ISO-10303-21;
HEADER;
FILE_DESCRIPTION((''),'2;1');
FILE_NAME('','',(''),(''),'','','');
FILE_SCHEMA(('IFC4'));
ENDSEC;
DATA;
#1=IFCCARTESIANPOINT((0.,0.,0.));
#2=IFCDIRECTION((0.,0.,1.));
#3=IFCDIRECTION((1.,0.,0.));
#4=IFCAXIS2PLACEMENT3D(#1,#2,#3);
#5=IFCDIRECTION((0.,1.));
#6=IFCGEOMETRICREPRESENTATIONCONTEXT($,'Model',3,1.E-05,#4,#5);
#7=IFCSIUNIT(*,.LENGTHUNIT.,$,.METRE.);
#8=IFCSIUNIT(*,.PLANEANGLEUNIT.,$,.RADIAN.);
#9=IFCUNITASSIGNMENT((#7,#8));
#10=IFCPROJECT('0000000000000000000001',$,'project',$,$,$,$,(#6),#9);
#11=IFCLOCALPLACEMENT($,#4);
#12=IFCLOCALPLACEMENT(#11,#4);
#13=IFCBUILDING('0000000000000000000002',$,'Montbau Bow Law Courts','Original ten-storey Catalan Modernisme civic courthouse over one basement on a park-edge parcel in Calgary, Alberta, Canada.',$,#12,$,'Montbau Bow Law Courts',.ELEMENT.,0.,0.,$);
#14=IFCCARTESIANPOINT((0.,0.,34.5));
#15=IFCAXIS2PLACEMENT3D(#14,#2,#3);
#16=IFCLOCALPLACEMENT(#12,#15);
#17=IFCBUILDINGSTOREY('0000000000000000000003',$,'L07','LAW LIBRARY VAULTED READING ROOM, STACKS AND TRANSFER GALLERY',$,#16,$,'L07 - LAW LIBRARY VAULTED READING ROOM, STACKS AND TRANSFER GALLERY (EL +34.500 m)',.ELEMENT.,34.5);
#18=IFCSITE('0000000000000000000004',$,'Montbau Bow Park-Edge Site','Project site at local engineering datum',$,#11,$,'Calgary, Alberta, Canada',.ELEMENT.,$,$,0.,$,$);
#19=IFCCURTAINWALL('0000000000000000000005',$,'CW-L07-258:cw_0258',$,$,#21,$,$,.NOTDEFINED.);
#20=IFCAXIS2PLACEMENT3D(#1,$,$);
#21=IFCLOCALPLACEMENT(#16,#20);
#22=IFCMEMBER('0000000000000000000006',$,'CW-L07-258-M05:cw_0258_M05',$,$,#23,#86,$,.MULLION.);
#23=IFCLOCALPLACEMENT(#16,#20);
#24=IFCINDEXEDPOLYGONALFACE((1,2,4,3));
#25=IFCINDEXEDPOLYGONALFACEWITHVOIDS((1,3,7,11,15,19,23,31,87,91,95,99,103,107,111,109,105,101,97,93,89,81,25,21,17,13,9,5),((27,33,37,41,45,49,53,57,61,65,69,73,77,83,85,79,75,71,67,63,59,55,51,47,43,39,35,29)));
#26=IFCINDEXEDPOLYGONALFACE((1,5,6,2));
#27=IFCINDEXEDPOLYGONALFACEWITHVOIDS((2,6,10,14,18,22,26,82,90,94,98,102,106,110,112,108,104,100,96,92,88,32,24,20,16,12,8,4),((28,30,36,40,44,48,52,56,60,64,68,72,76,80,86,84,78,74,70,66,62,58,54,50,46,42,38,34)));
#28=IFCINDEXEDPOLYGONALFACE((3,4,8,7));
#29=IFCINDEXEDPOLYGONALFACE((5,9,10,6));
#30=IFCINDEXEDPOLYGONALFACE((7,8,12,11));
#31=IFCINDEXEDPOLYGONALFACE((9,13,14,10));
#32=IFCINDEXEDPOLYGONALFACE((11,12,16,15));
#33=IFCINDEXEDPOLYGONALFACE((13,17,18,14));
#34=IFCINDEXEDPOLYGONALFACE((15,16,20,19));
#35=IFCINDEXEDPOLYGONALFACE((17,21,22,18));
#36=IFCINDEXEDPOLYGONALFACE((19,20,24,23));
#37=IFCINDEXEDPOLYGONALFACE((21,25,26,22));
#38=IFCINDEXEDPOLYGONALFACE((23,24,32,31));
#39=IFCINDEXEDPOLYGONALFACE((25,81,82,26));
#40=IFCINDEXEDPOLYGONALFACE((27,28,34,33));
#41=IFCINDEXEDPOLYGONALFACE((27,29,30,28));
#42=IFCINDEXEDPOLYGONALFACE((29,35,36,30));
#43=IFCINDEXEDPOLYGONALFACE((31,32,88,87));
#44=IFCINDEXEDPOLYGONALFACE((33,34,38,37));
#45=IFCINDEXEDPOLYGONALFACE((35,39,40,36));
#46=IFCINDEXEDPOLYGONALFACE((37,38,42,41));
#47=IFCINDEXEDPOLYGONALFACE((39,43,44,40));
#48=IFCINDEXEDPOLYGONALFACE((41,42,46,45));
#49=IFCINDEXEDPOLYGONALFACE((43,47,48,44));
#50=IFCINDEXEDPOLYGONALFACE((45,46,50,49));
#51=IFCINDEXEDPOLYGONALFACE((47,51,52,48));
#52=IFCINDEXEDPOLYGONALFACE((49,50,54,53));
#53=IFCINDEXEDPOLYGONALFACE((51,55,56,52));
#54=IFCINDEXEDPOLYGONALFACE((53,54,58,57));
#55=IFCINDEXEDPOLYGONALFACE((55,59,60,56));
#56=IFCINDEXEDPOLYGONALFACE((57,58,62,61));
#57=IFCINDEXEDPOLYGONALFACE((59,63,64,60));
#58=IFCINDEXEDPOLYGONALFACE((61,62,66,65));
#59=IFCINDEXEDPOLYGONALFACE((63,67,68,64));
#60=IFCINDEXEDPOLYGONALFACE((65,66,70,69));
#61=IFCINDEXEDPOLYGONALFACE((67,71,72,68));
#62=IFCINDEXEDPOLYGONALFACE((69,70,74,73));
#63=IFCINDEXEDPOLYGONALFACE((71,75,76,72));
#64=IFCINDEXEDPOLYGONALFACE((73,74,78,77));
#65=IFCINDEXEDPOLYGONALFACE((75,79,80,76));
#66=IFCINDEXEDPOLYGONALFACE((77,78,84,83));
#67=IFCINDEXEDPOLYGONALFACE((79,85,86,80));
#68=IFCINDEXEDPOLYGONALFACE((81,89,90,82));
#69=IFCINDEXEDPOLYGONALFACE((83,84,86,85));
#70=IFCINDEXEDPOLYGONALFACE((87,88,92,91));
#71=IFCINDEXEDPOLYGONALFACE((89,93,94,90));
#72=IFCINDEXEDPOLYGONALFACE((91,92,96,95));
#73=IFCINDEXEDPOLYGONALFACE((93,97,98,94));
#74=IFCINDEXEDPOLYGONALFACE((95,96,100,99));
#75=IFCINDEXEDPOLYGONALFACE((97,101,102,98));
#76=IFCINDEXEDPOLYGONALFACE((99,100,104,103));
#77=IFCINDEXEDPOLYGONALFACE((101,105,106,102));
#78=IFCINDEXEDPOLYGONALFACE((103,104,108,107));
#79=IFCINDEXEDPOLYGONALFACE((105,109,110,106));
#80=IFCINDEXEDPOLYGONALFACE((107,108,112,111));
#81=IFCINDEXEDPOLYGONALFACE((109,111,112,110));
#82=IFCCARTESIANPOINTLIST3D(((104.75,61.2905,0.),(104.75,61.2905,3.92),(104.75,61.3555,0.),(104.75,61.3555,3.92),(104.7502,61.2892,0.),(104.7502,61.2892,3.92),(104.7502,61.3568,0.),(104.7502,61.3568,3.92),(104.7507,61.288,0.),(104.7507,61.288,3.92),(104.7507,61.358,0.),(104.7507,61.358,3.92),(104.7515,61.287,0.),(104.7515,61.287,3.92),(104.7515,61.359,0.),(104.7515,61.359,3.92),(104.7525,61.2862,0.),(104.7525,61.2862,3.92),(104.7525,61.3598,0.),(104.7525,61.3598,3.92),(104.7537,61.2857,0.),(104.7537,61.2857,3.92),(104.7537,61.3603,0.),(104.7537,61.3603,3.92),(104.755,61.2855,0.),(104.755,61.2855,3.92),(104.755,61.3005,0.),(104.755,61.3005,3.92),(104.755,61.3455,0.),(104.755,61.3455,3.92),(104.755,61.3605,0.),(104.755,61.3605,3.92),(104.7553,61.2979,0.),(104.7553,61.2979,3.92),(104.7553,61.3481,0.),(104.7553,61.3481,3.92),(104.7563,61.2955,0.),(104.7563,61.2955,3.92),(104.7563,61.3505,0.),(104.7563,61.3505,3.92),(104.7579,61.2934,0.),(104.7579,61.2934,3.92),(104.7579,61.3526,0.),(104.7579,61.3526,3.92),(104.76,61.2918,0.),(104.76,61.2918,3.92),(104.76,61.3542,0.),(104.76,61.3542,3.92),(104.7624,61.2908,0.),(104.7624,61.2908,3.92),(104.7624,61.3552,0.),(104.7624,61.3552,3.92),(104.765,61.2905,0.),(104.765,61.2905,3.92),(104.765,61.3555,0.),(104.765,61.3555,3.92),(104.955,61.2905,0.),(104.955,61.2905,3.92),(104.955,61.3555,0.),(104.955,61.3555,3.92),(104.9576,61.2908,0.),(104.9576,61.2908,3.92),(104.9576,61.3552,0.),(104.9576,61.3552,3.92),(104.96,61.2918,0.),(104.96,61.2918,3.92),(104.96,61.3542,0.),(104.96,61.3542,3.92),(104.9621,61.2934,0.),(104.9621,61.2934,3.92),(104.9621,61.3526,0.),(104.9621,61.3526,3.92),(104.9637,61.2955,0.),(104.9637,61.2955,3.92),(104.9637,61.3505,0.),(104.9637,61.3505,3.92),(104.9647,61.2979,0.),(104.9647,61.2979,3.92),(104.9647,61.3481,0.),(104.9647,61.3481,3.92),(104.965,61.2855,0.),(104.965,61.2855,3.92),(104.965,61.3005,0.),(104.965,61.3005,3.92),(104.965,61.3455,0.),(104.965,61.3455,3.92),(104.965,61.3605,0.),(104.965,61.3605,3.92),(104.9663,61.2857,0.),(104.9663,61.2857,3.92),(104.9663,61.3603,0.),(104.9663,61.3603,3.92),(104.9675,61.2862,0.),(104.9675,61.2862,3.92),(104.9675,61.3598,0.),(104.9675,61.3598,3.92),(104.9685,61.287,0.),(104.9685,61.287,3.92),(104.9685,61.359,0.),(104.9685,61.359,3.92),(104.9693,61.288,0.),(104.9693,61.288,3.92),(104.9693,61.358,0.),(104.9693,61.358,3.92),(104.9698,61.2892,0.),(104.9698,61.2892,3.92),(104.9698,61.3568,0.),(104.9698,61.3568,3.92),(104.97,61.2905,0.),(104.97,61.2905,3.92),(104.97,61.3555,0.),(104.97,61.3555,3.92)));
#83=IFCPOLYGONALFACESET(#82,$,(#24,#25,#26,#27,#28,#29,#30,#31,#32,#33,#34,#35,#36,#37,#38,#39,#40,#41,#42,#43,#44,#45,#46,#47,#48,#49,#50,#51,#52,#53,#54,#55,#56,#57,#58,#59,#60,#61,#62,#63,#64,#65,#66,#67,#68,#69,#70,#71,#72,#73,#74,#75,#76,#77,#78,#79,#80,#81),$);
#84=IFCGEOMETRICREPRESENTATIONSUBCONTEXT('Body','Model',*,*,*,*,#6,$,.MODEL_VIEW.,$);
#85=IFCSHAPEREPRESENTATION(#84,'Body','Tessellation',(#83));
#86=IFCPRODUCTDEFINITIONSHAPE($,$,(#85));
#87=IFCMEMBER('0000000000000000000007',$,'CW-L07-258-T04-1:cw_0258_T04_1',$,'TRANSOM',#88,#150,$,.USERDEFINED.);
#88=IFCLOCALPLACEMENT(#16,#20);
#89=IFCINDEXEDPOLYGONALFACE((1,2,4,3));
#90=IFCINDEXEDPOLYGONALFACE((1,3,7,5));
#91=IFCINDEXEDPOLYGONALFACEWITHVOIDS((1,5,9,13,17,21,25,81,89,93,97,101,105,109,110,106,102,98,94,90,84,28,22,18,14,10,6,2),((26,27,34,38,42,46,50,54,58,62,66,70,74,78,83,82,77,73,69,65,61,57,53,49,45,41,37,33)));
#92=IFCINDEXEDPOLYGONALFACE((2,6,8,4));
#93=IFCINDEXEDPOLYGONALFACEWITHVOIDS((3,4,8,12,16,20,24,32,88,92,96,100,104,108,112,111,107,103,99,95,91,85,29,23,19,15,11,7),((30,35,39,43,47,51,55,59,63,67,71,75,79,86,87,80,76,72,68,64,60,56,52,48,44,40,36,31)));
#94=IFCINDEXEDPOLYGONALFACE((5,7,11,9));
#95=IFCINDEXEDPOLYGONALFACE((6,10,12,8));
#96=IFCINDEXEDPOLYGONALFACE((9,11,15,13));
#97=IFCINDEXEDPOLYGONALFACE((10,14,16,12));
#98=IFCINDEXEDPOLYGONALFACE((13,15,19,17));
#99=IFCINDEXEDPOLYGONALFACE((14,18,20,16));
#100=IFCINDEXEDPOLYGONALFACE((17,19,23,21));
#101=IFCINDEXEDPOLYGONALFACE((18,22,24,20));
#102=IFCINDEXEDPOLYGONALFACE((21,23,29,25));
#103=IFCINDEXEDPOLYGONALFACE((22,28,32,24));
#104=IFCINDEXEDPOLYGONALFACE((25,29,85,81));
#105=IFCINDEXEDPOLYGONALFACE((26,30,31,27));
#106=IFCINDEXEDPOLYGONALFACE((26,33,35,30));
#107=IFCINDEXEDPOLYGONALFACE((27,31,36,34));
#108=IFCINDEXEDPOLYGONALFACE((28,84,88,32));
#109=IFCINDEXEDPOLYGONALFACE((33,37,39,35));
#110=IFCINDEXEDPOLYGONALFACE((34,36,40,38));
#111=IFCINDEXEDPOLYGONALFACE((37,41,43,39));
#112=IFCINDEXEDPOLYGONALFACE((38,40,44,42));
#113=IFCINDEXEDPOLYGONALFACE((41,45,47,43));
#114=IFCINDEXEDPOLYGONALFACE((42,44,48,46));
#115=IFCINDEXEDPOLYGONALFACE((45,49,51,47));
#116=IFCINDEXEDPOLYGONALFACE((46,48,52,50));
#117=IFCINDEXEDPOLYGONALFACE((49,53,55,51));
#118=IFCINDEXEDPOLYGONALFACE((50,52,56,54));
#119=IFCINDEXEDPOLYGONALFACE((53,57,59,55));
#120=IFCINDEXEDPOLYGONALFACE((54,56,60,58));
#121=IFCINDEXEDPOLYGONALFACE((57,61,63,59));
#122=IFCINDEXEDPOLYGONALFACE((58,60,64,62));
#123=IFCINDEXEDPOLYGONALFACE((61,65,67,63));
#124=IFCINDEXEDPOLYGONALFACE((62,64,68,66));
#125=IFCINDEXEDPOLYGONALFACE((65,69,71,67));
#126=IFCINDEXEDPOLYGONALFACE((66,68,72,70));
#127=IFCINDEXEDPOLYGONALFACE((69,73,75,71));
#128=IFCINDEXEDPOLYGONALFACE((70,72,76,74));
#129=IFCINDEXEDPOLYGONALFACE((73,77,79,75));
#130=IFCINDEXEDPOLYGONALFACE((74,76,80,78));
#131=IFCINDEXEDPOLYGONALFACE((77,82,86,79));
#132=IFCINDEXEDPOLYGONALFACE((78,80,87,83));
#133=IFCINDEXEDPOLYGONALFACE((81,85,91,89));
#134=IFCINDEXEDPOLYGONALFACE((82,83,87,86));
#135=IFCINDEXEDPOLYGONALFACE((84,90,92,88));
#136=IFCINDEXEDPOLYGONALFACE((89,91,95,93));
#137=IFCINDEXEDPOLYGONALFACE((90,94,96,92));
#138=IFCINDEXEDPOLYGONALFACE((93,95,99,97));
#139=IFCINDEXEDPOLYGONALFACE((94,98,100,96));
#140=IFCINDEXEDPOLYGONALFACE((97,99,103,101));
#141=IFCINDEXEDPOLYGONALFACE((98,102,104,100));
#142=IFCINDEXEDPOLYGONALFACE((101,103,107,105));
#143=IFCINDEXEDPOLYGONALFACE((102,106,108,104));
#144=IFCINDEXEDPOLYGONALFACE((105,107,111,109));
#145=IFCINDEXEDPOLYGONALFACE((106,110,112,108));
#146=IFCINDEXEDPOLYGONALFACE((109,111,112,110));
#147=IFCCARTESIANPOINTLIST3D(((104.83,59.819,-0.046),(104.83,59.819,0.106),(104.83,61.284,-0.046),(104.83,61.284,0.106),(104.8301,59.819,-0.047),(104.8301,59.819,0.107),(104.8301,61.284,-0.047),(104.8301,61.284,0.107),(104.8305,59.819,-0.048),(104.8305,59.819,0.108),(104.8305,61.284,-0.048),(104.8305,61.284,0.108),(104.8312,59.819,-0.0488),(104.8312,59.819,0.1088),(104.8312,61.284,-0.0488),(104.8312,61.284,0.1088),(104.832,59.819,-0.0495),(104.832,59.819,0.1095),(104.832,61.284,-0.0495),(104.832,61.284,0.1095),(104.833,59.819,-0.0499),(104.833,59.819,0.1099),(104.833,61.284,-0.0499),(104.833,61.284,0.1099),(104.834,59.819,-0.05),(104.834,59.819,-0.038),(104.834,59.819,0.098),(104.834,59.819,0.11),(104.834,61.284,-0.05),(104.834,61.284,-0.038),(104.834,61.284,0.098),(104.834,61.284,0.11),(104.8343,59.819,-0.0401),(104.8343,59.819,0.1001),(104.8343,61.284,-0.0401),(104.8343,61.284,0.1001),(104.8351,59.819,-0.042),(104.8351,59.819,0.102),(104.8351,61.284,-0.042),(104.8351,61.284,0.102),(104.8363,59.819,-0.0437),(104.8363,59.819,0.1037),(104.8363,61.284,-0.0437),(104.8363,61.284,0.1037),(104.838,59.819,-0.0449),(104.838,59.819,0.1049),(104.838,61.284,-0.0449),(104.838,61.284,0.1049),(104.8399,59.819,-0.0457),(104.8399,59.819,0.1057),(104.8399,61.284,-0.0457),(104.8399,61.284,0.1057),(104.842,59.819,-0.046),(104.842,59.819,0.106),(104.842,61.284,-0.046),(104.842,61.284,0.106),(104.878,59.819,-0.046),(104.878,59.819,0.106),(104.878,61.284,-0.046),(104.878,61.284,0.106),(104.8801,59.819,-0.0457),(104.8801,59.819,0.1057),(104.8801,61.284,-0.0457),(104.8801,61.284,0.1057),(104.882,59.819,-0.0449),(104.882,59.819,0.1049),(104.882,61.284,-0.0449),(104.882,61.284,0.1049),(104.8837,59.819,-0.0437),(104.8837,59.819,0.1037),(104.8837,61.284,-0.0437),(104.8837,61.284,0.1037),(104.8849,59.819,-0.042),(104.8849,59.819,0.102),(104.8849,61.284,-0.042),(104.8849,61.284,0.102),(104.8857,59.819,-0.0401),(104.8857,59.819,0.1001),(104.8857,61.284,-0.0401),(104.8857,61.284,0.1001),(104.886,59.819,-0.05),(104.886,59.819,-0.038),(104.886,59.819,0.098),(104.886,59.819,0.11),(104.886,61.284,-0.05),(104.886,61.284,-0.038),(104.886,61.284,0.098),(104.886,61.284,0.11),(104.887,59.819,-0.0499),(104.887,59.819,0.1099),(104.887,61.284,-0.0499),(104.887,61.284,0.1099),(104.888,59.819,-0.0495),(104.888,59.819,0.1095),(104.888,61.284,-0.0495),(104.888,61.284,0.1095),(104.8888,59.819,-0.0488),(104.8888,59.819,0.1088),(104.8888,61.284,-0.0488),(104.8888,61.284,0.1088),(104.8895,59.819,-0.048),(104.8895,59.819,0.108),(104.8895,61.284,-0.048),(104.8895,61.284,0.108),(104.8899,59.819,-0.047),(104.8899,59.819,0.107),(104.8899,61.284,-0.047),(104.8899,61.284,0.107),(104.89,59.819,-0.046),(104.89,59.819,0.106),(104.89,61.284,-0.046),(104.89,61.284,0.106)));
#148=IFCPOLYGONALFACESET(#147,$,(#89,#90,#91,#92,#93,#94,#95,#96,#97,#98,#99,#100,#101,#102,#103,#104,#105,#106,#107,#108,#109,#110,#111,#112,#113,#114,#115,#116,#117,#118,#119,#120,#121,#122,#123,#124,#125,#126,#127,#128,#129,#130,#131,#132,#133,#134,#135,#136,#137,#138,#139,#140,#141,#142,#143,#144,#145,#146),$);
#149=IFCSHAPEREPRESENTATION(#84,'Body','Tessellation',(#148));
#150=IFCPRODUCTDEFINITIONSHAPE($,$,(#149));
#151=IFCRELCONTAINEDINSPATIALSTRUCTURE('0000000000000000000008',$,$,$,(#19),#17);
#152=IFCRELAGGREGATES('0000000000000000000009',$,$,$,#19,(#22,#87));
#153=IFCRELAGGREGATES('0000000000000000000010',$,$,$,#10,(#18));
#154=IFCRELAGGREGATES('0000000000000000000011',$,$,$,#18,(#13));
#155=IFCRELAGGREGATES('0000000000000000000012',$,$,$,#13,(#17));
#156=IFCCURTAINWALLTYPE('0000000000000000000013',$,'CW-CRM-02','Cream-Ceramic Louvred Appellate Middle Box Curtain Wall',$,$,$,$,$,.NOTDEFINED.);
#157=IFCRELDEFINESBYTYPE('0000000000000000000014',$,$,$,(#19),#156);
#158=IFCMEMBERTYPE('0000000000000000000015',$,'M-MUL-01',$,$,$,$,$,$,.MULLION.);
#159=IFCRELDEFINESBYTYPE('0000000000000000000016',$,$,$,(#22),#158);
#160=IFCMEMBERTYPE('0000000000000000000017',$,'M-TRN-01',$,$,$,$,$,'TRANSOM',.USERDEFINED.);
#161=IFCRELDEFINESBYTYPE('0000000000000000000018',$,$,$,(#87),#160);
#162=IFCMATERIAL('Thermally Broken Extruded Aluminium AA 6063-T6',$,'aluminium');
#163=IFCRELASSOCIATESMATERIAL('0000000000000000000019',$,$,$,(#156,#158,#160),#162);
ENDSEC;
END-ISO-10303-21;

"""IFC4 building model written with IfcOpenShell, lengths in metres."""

from ifc_helpers import new_model, si_unit, direction, frame, origin_with_axes, origin_2d_with_axis, place, context, subcontext, project, spatial, hollow_rectangle, extrude, material, material_profile, profile_set, type_object, element, aggregate, save


model = new_model("IFC4")

# Units and contexts
model_context = context("Model", 3, precision=1e-05, world=origin_with_axes(), true_north=direction((0.0, 1.0)))
body_context = subcontext(model_context, "Body", "Model", "MODEL_VIEW")
ifc_project = project(units=[si_unit("LENGTHUNIT", "METRE"), si_unit("PLANEANGLEUNIT", "RADIAN")], contexts=[model_context])

# Site, building, storey
site_placement = place(None, origin_with_axes())
site = spatial("IfcSite", under=ifc_project, at=site_placement, Name="Montbau Bow Park-Edge Site", Description="Project site at local engineering datum", LongName="Calgary, Alberta, Canada", CompositionType="ELEMENT", RefElevation=0.0)
building_placement = place(site_placement, origin_with_axes())
building = spatial("IfcBuilding", under=site, at=building_placement, Name="Montbau Bow Law Courts", Description="Original ten-storey Catalan Modernisme civic courthouse over one basement on a park-edge parcel in Calgary, Alberta, Canada.", LongName="Montbau Bow Law Courts", CompositionType="ELEMENT", ElevationOfRefHeight=0.0, ElevationOfTerrain=0.0)
storey_placement = place(building_placement, frame((0.0, 0.0, 34.5), z_axis=(0.0, 0.0, 1.0), x_axis=(1.0, 0.0, 0.0)))
storey = spatial("IfcBuildingStorey", under=building, at=storey_placement, Name="L07", Description="LAW LIBRARY VAULTED READING ROOM, STACKS AND TRANSFER GALLERY", LongName="L07 - LAW LIBRARY VAULTED READING ROOM, STACKS AND TRANSFER GALLERY (EL +34.500 m)", CompositionType="ELEMENT", Elevation=34.5)

# Curtain wall, members
ifc_material_1 = material(Name="Thermally Broken Extruded Aluminium AA 6063-T6", Category="aluminium")
curtain_wall_type = type_object("IfcCurtainWallType", Name="CW-CRM-02", Description="Cream-Ceramic Louvred Appellate Middle Box Curtain Wall", PredefinedType="NOTDEFINED", material=ifc_material_1)
curtain_wall_placement = place(None, frame((104.86, 55.04, 34.5), z_axis=(0.0, 0.0, 1.0), x_axis=(1.0, 0.0, 0.0)))
curtain_wall = element("IfcCurtainWall", 1, at=curtain_wall_placement, inside=storey, type_object=curtain_wall_type, Name="CW-L07-258:cw_0258", PredefinedType="NOTDEFINED")
ifc_material_profile_1 = material_profile(ifc_material_1, hollow_rectangle(XDim=0.075, YDim=0.22, WallThickness=0.005, InnerFilletRadius=0.01, OuterFilletRadius=0.005, at=origin_2d_with_axis()), Name="CWM-220X75", Category="Main", Priority=0)
ifc_profile_set_1 = profile_set([ifc_material_profile_1], Name="Thermally Broken Extruded Aluminium AA 6063-T6")
member_type_1 = type_object("IfcMemberType", Name="M-MUL-01", PredefinedType="MULLION", material=ifc_profile_set_1)
member_1_placement = place(None, frame((104.86, 61.323, 34.5), z_axis=(0.0, 0.0, 1.0), x_axis=(0.0, 1.0, 0.0)))
member_1 = element("IfcMember", 2, at=member_1_placement, type_object=member_type_1, Name="CW-L07-258-M05:cw_0258_M05", PredefinedType="MULLION", context=body_context, shape_type="SweptSolid", body=[
    extrude(hollow_rectangle(XDim=0.075, YDim=0.22, WallThickness=0.005, InnerFilletRadius=0.01, OuterFilletRadius=0.005, at=origin_2d_with_axis()), origin_with_axes(), (0.0, 0.0, 1.0), 3.92),
])
ifc_material_profile_2 = material_profile(ifc_material_1, hollow_rectangle(XDim=0.06, YDim=0.16, WallThickness=0.004, InnerFilletRadius=0.008, OuterFilletRadius=0.004, at=origin_2d_with_axis()), Name="CWT-160X60", Category="Main", Priority=0)
ifc_profile_set_2 = profile_set([ifc_material_profile_2], Name="Thermally Broken Extruded Aluminium AA 6063-T6")
member_type_2 = type_object("IfcMemberType", Name="M-TRN-01", ElementType="TRANSOM", PredefinedType="USERDEFINED", material=ifc_profile_set_2)
member_2_placement = place(None, frame((104.86, 59.819, 34.53), z_axis=(0.0, 1.0, 0.0), x_axis=(-1.0, 0.0, 0.0)))
member_2 = element("IfcMember", 3, at=member_2_placement, type_object=member_type_2, Name="CW-L07-258-T04-1:cw_0258_T04_1", ObjectType="TRANSOM", PredefinedType="USERDEFINED", context=body_context, shape_type="SweptSolid", body=[
    extrude(hollow_rectangle(XDim=0.06, YDim=0.16, WallThickness=0.004, InnerFilletRadius=0.008, OuterFilletRadius=0.004, at=origin_2d_with_axis()), origin_with_axes(), (0.0, 0.0, 1.0), 1.465),
])
aggregate(curtain_wall, [member_1, member_2])

save(model, "model.ifc")
